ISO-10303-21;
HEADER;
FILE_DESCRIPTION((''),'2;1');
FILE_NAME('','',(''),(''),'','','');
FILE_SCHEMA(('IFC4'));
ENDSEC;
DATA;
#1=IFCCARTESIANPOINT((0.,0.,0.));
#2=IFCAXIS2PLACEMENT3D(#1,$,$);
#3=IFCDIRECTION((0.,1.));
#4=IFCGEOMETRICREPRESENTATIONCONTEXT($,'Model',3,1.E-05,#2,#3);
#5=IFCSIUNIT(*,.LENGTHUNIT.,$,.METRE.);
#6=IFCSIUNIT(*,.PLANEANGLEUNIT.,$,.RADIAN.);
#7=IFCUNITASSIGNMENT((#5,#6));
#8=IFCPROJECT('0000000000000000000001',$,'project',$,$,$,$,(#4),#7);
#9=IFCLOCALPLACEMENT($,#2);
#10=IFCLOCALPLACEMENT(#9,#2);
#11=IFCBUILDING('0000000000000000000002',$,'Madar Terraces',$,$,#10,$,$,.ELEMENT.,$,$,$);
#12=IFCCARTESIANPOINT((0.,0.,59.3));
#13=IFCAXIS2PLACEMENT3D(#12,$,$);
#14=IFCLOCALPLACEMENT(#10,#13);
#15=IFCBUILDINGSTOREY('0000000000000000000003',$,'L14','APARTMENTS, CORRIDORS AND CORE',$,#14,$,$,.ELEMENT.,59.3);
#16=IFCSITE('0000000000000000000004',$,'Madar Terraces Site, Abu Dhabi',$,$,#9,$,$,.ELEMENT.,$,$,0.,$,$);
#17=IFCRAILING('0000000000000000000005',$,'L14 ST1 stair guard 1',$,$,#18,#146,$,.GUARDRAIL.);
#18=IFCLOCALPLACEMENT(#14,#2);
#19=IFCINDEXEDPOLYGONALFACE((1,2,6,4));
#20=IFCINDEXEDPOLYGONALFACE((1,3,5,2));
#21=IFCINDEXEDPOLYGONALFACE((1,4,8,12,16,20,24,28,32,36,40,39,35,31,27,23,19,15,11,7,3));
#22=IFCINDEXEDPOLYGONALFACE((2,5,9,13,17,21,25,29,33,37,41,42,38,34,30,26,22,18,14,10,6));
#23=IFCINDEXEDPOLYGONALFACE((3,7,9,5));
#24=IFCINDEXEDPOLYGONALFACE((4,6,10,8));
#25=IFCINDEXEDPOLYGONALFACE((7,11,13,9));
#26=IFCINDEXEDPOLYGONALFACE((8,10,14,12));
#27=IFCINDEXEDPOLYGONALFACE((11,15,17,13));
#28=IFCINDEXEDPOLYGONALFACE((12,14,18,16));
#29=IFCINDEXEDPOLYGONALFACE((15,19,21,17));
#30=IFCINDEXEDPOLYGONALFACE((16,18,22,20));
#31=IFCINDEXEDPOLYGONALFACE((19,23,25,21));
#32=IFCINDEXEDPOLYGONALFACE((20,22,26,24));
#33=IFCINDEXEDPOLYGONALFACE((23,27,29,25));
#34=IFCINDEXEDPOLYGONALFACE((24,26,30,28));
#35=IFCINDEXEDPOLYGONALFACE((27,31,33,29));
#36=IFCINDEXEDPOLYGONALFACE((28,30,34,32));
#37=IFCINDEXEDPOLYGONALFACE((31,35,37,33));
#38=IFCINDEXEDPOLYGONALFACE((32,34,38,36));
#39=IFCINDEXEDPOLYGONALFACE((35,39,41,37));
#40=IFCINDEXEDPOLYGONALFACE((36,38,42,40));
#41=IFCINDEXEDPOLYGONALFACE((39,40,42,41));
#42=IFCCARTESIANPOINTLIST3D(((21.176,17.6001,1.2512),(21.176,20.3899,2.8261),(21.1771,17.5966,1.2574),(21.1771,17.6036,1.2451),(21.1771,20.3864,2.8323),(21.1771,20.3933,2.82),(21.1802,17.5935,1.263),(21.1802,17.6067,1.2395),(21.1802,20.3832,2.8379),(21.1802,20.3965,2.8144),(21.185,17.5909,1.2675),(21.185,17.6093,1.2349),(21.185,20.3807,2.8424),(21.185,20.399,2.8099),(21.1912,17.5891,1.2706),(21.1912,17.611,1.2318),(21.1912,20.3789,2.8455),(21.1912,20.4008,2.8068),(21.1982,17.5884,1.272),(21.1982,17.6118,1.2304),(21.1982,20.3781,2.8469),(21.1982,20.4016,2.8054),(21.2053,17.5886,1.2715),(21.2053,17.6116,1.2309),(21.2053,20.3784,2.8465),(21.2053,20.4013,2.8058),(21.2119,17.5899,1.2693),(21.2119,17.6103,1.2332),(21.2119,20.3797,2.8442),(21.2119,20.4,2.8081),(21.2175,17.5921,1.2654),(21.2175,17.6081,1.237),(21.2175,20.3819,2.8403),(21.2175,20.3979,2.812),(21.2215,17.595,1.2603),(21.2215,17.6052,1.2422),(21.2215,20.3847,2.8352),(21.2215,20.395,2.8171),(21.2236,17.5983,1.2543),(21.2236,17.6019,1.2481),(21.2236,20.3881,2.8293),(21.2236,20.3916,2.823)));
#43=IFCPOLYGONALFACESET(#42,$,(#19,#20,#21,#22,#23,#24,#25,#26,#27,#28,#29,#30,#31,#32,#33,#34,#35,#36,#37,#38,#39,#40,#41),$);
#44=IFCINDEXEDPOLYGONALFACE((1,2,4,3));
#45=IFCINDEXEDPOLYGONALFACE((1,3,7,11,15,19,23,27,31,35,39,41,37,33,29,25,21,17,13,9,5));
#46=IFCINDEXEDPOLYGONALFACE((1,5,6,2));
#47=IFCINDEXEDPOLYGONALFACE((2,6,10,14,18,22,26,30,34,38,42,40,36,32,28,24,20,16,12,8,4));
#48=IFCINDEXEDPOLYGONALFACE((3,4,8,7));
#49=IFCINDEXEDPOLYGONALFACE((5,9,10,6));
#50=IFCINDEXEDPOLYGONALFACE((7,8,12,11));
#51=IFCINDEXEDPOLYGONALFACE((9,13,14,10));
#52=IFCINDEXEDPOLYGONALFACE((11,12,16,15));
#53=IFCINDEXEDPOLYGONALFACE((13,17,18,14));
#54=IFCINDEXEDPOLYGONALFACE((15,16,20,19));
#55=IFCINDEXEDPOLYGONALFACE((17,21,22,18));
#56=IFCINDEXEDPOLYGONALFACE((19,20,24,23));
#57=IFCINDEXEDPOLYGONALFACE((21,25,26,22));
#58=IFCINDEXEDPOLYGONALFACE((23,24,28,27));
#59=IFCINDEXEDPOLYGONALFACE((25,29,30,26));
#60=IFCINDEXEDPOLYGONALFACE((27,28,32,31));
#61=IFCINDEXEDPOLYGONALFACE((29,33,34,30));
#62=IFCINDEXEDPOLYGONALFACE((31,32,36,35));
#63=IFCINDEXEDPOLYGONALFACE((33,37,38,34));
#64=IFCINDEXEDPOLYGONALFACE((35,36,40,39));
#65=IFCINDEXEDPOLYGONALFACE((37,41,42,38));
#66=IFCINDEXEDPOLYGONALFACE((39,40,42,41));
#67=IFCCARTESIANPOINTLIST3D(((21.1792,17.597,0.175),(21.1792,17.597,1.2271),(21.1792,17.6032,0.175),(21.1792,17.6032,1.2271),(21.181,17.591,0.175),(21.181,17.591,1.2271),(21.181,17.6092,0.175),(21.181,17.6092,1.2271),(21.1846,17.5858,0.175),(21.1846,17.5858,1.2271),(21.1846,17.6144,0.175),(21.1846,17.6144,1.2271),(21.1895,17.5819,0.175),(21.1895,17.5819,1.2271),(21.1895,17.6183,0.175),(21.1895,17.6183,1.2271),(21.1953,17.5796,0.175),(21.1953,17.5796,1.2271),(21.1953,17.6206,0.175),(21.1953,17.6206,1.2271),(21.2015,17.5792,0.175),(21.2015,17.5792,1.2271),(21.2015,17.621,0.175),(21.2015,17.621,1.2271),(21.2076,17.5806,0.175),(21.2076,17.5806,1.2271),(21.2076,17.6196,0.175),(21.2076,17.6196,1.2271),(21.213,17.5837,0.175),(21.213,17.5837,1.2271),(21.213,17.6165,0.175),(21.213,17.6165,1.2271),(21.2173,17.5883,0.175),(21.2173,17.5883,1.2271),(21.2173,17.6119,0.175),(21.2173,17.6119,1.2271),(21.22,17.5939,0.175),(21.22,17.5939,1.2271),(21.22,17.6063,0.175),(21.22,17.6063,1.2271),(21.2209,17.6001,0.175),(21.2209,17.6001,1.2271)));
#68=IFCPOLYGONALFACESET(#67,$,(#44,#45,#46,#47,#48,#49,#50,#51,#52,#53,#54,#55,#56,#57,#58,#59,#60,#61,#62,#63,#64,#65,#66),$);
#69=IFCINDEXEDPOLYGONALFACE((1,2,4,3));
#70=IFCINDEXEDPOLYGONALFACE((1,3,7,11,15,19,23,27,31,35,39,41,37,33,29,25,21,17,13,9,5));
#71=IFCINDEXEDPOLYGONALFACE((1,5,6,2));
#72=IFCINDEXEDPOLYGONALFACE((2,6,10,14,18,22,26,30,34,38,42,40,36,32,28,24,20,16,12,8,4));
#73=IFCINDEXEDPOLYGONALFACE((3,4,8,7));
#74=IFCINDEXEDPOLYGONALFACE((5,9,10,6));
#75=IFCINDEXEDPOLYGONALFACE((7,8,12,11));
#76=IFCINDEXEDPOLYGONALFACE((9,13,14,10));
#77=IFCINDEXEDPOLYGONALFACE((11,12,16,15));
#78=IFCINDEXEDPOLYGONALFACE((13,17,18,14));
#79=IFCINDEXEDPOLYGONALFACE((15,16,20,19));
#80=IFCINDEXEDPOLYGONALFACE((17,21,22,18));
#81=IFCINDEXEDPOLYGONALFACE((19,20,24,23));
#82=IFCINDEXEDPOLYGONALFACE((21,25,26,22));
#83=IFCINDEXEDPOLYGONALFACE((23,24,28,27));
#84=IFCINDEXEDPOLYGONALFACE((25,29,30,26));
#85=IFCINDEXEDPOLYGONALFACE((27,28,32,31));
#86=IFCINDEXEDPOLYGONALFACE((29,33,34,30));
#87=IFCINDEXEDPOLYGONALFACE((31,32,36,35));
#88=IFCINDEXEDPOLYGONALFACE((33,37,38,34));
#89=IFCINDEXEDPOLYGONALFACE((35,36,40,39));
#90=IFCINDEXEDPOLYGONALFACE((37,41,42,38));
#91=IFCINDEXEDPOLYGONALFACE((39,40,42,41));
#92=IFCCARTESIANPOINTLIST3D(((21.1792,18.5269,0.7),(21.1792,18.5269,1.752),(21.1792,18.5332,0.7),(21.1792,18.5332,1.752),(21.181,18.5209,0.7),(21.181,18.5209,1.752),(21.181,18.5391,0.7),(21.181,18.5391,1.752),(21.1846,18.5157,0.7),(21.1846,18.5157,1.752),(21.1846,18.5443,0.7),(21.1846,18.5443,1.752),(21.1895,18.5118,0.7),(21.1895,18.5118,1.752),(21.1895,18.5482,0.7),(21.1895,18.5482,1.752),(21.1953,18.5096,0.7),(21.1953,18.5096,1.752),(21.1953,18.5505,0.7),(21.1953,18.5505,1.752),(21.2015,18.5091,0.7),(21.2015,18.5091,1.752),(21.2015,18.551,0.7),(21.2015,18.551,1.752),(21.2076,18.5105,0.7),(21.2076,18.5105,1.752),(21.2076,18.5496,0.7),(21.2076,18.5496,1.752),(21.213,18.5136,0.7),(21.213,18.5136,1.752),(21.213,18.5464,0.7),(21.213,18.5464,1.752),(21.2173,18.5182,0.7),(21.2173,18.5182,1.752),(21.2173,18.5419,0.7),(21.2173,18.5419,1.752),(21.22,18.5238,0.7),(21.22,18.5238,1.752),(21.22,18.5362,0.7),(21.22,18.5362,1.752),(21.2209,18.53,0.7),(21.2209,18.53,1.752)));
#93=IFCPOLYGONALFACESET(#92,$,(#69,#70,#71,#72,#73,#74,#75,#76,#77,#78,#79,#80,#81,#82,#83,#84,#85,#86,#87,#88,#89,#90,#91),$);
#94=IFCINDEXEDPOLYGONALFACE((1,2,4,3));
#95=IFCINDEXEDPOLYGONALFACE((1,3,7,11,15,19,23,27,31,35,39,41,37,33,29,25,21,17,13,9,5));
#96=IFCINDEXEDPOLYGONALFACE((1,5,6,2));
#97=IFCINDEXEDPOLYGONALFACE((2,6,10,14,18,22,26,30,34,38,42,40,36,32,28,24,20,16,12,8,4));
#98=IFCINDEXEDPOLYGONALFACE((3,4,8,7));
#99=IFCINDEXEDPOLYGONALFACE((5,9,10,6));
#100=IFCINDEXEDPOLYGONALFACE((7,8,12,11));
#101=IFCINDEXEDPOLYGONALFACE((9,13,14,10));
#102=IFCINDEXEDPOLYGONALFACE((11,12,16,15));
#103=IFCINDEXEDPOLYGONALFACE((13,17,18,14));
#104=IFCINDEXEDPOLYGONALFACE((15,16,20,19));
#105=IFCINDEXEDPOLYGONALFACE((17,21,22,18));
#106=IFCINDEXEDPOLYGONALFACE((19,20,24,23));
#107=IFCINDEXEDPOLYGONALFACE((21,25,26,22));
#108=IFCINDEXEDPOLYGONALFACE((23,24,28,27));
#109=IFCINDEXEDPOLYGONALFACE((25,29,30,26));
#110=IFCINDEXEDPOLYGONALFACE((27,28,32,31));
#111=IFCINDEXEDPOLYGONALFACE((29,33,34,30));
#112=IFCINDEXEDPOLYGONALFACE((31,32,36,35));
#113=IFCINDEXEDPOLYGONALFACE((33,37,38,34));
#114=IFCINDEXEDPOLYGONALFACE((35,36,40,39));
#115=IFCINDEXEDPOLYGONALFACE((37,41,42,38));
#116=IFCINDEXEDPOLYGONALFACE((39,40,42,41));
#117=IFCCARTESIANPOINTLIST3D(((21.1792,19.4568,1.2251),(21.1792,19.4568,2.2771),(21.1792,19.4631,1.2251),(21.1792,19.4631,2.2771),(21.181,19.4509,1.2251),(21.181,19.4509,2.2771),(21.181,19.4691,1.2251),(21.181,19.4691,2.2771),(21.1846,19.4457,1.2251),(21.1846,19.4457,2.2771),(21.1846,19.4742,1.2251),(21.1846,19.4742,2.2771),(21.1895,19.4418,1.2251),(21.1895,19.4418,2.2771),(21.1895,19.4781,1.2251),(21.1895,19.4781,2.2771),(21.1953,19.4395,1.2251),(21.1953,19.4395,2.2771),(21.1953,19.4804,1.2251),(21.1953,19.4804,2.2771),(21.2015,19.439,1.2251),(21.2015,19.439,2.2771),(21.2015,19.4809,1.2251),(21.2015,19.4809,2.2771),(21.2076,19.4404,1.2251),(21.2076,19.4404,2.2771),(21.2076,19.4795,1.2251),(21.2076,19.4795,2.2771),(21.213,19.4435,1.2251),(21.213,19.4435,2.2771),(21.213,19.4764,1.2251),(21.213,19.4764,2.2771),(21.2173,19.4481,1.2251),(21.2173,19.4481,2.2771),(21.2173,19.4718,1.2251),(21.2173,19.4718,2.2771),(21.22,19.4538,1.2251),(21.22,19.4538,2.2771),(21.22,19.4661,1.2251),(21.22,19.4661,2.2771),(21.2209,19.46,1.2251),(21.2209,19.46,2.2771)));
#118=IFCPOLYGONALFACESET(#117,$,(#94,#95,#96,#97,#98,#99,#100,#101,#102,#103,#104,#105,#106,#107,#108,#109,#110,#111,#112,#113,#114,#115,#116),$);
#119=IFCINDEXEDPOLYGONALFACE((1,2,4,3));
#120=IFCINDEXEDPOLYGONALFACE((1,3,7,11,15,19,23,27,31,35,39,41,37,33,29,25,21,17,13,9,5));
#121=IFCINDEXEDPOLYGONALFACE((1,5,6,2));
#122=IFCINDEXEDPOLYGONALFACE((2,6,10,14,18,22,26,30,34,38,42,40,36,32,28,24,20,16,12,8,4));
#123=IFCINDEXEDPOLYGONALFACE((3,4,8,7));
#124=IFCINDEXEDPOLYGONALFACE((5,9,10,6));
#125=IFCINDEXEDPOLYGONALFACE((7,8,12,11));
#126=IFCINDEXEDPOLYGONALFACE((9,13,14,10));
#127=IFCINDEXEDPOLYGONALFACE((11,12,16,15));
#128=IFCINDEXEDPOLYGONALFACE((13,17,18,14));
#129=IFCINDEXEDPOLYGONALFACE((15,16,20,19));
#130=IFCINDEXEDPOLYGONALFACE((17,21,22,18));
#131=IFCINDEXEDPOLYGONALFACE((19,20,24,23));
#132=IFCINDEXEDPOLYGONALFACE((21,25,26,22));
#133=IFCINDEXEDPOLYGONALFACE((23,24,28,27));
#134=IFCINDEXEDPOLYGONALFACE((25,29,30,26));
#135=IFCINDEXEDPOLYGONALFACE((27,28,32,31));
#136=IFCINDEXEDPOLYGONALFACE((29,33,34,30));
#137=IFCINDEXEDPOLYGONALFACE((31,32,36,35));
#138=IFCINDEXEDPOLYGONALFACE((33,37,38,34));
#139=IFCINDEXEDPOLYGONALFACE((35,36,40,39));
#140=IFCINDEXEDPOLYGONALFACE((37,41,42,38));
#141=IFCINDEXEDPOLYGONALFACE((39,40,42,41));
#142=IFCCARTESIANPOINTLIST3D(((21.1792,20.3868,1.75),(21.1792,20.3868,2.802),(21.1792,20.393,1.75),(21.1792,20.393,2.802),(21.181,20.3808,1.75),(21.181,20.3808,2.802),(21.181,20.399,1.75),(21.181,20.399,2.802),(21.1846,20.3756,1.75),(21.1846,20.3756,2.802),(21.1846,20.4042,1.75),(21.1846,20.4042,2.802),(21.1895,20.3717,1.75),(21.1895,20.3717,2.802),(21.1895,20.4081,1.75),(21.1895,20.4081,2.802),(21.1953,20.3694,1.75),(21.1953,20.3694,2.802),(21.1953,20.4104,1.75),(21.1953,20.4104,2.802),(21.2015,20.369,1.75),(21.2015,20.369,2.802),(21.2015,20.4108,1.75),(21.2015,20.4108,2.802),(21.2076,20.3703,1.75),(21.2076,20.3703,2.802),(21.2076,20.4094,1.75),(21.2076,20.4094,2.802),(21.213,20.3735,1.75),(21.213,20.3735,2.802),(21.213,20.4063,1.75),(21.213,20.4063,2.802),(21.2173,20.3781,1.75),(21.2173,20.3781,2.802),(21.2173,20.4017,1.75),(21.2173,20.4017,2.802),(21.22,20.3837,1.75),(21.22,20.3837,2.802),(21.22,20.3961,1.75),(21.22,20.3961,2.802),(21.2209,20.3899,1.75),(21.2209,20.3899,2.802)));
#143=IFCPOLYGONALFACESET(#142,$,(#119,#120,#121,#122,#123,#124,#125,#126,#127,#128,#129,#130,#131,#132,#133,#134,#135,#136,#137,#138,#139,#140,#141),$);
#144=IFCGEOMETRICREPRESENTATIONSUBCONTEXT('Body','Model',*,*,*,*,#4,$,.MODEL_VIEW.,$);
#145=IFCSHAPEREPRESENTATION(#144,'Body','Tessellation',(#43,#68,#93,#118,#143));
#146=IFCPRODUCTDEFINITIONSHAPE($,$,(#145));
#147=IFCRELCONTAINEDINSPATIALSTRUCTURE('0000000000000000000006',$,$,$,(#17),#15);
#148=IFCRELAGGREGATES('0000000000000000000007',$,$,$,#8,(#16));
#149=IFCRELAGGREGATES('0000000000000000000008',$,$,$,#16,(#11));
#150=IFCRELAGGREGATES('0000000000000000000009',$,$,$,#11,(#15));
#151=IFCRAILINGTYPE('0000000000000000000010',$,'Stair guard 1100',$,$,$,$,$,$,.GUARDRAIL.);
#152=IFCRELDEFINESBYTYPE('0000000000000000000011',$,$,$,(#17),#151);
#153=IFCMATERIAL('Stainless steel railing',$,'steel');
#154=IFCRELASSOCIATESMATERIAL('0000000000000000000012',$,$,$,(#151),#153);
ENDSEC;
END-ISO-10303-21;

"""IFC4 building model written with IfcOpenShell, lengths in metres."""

from ifc_helpers import new_model, si_unit, direction, frame, origin, origin_2d, place, context, subcontext, project, spatial, circle, extrude, material, type_object, element, save


model = new_model("IFC4")

# Units and contexts
model_context = context("Model", 3, precision=1e-05, world=origin(), true_north=direction((0.0, 1.0)))
body_context = subcontext(model_context, "Body", "Model", "MODEL_VIEW")
ifc_project = project(units=[si_unit("LENGTHUNIT", "METRE"), si_unit("PLANEANGLEUNIT", "RADIAN")], contexts=[model_context])

# Site, building, storey
site_placement = place(None, origin())
site = spatial("IfcSite", under=ifc_project, at=site_placement, Name="Madar Terraces Site, Abu Dhabi", CompositionType="ELEMENT", RefElevation=0.0)
building_placement = place(site_placement, origin())
building = spatial("IfcBuilding", under=site, at=building_placement, Name="Madar Terraces", CompositionType="ELEMENT")
storey_placement = place(building_placement, frame((0.0, 0.0, 59.3)))
storey = spatial("IfcBuildingStorey", under=building, at=storey_placement, Name="L14", Description="APARTMENTS, CORRIDORS AND CORE", CompositionType="ELEMENT", Elevation=59.3)

# Railing
ifc_material_1 = material(Name="Stainless steel railing", Category="steel")
railing_type_1 = type_object("IfcRailingType", Name="Stair guard 1100", PredefinedType="GUARDRAIL", material=ifc_material_1)
railing_1_placement = place(storey_placement, frame((21.2, 17.6001, 0.175)))
element("IfcRailing", 1, at=railing_1_placement, inside=storey, type_object=railing_type_1, Name="L14 ST1 stair guard 1", PredefinedType="GUARDRAIL", context=body_context, shape_type="SweptSolid", body=[
    extrude(circle(Radius=0.0239, at=origin_2d()), frame((0.0, 0.0, 1.0762), z_axis=(0.0, 0.870815, 0.49161), x_axis=(-1.0, 0.0, 0.0)), (0.0, 0.0, 1.0), 3.2036),
    extrude(circle(Radius=0.021, at=origin_2d()), origin(), (0.0, 0.0, 1.0), 1.052),
    extrude(circle(Radius=0.021, at=origin_2d()), frame((0.0, 0.9299, 0.5249)), (0.0, 0.0, 1.0), 1.052),
    extrude(circle(Radius=0.021, at=origin_2d()), frame((0.0, 1.8599, 1.05)), (0.0, 0.0, 1.0), 1.052),
    extrude(circle(Radius=0.021, at=origin_2d()), frame((0.0, 2.7898, 1.575)), (0.0, 0.0, 1.0), 1.052),
])

save(model, "model.ifc")
